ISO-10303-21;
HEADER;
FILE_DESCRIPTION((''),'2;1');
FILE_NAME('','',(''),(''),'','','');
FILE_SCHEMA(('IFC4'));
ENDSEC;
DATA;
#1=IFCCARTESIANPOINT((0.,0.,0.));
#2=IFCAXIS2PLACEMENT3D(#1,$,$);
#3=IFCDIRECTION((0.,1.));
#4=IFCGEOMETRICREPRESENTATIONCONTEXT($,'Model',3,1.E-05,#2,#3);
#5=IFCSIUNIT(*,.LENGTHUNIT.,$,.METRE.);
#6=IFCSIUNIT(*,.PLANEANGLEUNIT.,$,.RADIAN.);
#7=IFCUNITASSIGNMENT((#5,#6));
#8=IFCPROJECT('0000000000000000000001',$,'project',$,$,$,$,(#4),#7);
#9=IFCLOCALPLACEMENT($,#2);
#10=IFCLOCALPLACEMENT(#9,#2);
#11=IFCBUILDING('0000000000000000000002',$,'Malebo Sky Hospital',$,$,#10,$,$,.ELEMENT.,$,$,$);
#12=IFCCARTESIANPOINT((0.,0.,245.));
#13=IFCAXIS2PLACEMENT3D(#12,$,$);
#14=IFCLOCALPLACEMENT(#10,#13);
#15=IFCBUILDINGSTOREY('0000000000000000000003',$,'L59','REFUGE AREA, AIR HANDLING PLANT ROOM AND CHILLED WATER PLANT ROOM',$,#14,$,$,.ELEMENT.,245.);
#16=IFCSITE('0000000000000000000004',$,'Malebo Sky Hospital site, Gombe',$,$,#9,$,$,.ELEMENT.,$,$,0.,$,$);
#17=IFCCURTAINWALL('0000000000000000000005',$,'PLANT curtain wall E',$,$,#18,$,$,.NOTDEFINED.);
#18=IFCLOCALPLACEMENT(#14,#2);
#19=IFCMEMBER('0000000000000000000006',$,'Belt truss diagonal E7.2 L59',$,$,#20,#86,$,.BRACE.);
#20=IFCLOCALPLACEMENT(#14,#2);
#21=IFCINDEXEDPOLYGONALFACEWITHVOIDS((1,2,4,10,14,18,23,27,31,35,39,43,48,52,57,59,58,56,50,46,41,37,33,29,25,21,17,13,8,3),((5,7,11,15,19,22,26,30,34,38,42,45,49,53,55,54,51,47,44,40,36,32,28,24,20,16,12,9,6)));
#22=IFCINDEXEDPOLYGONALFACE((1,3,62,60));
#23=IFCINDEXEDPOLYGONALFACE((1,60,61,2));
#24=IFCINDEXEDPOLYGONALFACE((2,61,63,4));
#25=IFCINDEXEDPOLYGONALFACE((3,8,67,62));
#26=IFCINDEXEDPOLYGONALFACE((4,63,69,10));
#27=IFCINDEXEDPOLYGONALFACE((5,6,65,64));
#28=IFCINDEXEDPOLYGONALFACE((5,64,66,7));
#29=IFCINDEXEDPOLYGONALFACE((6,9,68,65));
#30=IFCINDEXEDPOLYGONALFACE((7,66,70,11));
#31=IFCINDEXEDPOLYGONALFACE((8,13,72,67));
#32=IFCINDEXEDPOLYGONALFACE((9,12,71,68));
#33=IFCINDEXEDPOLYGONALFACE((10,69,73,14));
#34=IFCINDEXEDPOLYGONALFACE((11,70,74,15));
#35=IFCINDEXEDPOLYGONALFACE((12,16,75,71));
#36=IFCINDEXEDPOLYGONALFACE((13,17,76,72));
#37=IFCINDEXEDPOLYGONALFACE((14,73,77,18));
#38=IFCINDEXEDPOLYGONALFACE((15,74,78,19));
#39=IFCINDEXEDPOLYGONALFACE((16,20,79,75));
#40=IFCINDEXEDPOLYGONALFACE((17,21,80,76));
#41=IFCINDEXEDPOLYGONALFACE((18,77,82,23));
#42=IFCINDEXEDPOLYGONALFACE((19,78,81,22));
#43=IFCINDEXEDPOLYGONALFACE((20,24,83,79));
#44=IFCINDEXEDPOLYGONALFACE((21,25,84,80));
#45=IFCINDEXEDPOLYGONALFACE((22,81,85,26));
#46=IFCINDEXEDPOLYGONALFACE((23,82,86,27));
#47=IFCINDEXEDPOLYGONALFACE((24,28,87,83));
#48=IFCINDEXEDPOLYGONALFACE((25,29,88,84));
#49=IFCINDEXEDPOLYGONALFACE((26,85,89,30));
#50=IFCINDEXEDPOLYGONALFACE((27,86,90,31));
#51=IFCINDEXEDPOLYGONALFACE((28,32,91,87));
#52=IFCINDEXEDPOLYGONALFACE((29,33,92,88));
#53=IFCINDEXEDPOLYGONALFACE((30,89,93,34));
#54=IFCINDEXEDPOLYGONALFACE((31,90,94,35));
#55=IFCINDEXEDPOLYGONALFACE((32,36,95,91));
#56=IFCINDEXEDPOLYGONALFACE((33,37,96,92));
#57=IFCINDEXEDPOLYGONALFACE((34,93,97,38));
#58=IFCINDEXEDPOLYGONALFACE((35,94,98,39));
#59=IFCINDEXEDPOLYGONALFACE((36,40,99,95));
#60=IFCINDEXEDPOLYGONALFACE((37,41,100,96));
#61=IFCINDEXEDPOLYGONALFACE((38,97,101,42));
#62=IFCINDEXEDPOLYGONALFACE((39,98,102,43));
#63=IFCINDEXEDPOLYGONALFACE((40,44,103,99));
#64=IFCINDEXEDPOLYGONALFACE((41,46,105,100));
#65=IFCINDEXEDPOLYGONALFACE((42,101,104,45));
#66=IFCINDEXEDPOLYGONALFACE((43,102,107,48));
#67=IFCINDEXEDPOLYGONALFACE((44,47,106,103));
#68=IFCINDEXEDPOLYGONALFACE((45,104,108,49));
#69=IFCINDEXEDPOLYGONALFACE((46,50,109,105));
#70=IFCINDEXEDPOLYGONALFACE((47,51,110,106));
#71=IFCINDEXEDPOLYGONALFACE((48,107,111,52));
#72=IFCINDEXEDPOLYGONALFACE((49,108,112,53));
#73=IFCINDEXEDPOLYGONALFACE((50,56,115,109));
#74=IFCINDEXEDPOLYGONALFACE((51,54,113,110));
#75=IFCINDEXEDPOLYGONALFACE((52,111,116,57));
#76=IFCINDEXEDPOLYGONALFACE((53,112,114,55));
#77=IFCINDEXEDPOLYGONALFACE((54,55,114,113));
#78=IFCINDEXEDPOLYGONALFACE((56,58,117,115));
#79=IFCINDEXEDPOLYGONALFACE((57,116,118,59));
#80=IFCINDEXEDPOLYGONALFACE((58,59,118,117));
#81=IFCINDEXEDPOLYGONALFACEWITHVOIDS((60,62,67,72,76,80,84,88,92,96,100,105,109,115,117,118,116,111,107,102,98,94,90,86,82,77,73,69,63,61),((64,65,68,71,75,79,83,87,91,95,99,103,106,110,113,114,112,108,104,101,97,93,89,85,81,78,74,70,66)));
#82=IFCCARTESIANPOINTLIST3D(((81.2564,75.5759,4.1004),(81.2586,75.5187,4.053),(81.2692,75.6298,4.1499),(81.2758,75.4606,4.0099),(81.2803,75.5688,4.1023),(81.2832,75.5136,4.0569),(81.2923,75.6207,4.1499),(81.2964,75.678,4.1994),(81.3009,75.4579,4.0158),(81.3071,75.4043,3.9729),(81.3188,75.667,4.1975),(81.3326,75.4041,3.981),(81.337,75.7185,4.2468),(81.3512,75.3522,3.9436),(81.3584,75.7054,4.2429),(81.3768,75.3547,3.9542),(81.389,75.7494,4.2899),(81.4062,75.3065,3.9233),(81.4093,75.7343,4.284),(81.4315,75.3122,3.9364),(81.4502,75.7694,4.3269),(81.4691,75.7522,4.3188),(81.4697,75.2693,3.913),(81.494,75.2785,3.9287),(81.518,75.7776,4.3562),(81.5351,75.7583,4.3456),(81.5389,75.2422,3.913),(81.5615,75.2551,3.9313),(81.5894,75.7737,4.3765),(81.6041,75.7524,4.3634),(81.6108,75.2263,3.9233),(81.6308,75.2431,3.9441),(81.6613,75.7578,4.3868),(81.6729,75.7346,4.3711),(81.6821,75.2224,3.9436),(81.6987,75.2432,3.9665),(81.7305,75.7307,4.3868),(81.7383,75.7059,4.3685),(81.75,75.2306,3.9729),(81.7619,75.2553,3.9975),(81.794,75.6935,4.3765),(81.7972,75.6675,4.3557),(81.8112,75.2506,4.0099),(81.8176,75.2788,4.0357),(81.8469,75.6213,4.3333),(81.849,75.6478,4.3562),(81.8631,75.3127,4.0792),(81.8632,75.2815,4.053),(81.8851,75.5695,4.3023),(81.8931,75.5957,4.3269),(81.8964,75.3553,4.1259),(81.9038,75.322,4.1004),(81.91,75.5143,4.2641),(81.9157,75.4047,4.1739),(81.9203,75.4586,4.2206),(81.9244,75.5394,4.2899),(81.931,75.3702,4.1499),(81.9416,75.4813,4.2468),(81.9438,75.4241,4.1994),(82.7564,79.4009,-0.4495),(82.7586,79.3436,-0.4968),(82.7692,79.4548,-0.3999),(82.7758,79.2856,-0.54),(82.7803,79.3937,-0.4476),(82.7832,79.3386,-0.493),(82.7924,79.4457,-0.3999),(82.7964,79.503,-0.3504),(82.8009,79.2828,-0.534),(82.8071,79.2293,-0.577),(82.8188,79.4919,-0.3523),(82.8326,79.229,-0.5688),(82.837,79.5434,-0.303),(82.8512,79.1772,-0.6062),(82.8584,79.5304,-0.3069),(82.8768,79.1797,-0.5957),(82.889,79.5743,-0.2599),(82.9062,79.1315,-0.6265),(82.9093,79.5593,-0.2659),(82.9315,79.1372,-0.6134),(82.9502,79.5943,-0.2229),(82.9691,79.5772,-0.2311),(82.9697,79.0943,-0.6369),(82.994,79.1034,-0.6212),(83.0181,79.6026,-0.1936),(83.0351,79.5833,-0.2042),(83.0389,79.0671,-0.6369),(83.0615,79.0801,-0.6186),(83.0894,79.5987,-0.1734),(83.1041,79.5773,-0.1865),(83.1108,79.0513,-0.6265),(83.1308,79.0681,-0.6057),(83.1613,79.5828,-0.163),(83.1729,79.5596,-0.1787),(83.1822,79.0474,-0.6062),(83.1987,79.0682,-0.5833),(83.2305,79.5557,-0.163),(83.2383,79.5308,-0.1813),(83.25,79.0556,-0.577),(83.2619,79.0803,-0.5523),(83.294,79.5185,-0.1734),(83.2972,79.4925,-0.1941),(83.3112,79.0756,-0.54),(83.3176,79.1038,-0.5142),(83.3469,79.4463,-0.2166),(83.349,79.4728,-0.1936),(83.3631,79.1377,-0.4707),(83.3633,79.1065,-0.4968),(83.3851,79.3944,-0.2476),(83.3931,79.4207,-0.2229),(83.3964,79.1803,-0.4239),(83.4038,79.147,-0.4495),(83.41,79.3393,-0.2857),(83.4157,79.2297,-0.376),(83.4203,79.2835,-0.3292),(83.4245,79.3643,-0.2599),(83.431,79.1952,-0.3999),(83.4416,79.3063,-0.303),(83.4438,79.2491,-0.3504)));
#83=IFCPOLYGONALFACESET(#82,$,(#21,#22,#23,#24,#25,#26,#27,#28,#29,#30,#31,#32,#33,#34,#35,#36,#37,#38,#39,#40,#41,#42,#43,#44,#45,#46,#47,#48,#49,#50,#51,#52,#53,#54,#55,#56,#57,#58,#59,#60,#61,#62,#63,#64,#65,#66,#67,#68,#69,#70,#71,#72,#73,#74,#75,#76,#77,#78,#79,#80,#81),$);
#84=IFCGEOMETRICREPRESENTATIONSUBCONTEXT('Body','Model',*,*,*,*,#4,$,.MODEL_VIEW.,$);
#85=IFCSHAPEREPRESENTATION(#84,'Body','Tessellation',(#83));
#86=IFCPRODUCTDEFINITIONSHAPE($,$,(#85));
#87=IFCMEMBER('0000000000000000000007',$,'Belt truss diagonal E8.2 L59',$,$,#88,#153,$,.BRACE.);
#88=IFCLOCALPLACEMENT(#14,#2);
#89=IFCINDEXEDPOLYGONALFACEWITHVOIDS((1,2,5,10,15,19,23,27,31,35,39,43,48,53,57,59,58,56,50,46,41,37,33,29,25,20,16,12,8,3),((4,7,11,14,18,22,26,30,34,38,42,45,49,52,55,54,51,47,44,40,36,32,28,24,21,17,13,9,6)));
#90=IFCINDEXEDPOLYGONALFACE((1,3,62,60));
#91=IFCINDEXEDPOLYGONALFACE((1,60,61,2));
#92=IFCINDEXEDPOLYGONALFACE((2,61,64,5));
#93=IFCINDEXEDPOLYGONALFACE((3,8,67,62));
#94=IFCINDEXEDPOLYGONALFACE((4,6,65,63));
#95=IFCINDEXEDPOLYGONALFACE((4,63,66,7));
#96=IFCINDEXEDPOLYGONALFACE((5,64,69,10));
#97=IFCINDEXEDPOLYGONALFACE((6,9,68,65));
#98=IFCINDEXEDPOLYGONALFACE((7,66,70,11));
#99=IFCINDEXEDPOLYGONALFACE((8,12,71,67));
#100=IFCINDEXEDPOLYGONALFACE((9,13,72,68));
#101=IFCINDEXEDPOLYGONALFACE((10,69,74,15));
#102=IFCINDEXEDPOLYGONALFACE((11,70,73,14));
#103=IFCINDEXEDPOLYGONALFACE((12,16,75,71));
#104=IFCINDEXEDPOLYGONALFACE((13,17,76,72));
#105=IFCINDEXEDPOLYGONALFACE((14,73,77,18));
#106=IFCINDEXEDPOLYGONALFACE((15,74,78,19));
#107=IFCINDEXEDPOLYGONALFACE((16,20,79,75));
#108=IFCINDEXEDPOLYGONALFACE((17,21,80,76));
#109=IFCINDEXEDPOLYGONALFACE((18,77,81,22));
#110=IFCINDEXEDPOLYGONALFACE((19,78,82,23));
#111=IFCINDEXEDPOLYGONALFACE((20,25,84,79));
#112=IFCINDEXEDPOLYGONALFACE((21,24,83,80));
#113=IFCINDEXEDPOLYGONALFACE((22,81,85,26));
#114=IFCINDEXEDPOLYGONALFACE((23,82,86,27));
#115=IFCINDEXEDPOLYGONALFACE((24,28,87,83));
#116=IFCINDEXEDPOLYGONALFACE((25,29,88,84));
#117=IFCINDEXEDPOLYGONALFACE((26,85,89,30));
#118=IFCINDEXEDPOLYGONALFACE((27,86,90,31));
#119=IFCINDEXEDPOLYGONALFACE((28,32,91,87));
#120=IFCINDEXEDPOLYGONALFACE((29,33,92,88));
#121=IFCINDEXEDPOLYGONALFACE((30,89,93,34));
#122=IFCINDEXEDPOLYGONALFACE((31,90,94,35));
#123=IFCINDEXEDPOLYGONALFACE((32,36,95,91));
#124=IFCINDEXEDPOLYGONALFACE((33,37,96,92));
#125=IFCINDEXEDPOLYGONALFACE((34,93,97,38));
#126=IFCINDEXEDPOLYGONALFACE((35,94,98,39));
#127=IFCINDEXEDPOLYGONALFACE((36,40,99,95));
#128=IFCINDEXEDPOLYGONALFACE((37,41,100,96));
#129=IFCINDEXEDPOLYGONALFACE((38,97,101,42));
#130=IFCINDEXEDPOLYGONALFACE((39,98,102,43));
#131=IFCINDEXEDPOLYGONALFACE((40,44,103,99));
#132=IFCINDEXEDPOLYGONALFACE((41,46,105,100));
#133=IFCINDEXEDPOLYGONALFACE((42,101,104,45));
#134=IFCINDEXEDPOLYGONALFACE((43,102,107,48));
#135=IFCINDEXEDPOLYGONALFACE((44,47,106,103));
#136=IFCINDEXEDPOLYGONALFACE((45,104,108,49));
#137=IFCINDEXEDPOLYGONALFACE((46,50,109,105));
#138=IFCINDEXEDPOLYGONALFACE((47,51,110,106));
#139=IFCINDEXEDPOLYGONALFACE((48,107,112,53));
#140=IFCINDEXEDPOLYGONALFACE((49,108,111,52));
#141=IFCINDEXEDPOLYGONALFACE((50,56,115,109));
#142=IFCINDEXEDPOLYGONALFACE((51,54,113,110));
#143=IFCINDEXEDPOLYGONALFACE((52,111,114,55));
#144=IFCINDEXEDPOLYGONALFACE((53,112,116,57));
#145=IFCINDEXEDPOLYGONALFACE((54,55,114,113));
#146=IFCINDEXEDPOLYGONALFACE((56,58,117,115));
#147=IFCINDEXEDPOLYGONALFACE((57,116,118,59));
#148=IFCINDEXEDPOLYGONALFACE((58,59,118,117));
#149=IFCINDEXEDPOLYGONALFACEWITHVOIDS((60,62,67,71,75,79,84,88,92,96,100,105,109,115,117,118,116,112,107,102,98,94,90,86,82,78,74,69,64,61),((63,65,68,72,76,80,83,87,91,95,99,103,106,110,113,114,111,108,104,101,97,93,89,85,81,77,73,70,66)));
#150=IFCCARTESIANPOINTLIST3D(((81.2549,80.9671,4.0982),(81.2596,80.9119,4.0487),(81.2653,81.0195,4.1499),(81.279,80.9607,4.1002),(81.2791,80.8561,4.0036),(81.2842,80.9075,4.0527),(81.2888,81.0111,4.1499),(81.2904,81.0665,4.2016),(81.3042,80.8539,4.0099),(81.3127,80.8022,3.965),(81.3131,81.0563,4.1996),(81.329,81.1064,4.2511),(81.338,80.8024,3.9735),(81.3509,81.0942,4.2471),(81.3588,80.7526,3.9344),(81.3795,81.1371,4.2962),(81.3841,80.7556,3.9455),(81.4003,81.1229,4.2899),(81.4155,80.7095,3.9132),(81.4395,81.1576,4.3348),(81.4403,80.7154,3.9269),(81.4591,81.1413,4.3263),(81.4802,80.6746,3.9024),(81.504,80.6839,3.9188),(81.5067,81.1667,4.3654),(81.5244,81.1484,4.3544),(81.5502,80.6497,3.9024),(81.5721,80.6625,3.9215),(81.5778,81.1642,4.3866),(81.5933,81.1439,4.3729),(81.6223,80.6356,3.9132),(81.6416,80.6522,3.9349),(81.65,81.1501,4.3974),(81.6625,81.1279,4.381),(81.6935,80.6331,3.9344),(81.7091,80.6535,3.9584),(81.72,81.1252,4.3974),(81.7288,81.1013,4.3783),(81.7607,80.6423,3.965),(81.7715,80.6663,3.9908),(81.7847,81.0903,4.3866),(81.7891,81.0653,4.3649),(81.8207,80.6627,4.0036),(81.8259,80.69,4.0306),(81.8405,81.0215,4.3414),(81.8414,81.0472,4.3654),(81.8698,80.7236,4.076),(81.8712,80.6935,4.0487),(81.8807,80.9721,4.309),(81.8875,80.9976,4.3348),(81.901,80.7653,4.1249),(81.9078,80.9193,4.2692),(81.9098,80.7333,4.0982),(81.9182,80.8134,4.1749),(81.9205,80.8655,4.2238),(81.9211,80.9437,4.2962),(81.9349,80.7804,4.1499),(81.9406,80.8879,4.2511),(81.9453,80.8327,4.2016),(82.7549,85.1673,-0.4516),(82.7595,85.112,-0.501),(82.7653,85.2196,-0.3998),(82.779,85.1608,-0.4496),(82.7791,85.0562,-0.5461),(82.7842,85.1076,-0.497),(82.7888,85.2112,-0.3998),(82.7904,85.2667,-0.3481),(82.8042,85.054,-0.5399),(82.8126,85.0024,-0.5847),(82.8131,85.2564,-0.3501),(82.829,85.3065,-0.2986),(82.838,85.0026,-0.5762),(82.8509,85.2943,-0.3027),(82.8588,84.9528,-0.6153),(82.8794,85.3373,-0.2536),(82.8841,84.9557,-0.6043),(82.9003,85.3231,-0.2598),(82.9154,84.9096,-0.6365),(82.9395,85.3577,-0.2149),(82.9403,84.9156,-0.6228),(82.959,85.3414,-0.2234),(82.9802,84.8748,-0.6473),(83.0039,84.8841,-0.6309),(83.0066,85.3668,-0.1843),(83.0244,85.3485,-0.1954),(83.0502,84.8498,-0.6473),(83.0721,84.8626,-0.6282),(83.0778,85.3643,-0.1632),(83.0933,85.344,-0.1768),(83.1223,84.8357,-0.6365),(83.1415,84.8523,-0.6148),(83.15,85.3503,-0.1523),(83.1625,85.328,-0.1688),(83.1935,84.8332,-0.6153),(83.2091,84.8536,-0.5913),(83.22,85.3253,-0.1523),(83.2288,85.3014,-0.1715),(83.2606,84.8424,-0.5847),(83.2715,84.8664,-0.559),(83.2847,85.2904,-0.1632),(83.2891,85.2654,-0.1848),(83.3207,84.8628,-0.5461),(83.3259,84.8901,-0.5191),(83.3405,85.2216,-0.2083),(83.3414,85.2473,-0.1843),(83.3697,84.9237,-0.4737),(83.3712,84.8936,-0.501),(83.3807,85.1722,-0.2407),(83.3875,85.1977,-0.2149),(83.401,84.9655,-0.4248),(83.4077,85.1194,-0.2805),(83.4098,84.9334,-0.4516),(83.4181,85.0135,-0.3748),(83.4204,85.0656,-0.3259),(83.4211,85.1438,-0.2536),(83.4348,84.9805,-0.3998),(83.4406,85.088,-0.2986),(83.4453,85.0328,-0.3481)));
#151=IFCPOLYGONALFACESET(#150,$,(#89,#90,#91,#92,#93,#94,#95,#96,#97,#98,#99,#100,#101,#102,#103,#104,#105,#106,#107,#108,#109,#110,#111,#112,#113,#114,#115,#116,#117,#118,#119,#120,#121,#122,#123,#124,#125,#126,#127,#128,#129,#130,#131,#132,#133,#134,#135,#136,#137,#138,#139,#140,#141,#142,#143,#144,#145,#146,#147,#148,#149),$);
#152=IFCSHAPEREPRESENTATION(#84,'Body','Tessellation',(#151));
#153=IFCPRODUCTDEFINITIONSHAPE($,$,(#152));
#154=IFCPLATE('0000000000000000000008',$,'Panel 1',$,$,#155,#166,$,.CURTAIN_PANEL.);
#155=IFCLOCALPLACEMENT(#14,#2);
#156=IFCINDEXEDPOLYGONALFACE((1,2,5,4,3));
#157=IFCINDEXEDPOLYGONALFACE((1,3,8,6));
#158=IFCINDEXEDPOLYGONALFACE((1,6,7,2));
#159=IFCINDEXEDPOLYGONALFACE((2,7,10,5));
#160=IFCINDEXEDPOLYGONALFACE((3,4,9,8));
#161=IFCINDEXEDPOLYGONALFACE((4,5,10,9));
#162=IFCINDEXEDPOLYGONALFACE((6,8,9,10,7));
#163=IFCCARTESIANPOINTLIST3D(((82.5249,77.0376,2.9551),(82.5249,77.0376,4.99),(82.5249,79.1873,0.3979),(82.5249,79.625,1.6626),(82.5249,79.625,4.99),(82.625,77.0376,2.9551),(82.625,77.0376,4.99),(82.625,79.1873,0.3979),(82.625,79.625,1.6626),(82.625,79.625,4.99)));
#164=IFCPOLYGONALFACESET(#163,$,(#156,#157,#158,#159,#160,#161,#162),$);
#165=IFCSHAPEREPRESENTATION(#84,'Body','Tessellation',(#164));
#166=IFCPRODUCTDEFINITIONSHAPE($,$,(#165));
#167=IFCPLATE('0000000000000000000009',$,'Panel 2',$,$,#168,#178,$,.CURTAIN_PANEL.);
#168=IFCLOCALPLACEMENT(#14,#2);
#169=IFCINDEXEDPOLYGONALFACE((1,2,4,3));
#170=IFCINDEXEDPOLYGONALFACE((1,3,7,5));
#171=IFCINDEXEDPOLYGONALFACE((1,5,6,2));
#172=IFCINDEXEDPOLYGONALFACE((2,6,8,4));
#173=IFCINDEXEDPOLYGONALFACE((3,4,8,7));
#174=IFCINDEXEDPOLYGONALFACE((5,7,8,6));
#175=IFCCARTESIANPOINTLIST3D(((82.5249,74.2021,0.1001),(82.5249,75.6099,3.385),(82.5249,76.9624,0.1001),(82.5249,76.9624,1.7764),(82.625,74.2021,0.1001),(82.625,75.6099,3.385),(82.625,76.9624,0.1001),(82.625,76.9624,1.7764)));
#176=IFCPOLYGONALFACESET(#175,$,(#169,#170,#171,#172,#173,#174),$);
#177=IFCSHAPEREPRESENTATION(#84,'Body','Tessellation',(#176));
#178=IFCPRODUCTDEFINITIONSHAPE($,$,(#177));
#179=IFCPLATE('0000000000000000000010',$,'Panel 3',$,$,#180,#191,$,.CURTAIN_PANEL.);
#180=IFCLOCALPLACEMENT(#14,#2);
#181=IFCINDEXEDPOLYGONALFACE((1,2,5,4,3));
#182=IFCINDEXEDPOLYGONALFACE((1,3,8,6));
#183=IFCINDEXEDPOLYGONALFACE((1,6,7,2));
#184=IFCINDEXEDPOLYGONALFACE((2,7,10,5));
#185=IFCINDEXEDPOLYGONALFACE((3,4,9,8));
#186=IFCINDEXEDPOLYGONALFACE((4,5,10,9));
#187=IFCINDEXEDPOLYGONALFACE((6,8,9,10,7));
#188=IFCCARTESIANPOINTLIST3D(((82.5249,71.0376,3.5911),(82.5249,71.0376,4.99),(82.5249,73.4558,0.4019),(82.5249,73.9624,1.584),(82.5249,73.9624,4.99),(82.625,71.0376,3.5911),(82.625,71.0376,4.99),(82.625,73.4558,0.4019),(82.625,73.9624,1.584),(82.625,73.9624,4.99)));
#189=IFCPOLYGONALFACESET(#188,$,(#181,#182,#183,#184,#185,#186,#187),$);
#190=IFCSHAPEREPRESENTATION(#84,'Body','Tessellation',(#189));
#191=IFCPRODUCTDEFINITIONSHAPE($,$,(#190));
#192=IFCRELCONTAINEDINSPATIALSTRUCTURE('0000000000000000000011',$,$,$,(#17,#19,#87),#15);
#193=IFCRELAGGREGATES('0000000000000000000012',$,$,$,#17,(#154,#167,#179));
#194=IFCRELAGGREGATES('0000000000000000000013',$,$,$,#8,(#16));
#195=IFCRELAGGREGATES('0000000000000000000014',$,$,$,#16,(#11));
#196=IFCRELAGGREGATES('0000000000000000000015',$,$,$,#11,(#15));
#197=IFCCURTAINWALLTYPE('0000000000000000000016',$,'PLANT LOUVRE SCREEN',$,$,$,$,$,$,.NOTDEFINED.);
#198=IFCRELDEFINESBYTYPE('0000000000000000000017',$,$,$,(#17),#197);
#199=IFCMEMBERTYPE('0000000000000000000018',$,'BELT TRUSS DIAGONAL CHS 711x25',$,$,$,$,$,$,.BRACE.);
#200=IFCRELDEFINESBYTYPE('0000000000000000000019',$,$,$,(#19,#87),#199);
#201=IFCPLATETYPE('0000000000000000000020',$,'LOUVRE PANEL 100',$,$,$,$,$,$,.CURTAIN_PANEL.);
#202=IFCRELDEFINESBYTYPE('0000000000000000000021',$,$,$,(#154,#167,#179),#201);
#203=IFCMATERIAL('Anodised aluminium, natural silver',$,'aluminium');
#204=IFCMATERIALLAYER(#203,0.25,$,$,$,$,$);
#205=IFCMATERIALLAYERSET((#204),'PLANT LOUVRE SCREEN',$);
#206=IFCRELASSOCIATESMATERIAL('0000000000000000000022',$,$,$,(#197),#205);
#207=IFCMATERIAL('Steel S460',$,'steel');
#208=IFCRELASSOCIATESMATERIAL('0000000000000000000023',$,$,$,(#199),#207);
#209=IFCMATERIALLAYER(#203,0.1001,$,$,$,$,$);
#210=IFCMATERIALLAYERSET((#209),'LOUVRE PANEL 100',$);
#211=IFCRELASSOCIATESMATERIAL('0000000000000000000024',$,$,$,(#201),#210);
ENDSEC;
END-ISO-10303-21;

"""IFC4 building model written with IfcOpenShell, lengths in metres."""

from ifc_helpers import new_model, si_unit, direction, frame, origin, origin_2d, place, context, subcontext, project, spatial, polyline, hollow_circle, outline, extrude, material, layer, layer_set, material_profile, profile_set, type_object, element, aggregate, save


model = new_model("IFC4")

# Units and contexts
model_context = context("Model", 3, precision=1e-05, world=origin(), true_north=direction((0.0, 1.0)))
body_context = subcontext(model_context, "Body", "Model", "MODEL_VIEW")
ifc_project = project(units=[si_unit("LENGTHUNIT", "METRE"), si_unit("PLANEANGLEUNIT", "RADIAN")], contexts=[model_context])

# Site, building, storey
site_placement = place(None, origin())
site = spatial("IfcSite", under=ifc_project, at=site_placement, Name="Malebo Sky Hospital site, Gombe", CompositionType="ELEMENT", RefElevation=0.0)
building_placement = place(site_placement, origin())
building = spatial("IfcBuilding", under=site, at=building_placement, Name="Malebo Sky Hospital", CompositionType="ELEMENT")
storey_placement = place(building_placement, frame((0.0, 0.0, 245.0)))
storey = spatial("IfcBuildingStorey", under=building, at=storey_placement, Name="L59", Description="REFUGE AREA, AIR HANDLING PLANT ROOM AND CHILLED WATER PLANT ROOM", CompositionType="ELEMENT", Elevation=245.0)

# Curtain wall
ifc_material_1 = material(Name="Anodised aluminium, natural silver", Category="aluminium")
ifc_layer_1 = layer(ifc_material_1, 0.25)
ifc_layer_set_1 = layer_set([ifc_layer_1], Name="PLANT LOUVRE SCREEN")
curtain_wall_type = type_object("IfcCurtainWallType", Name="PLANT LOUVRE SCREEN", PredefinedType="NOTDEFINED", material=ifc_layer_set_1)
curtain_wall_placement = place(storey_placement, origin())
curtain_wall = element("IfcCurtainWall", 1, at=curtain_wall_placement, inside=storey, type_object=curtain_wall_type, Name="PLANT curtain wall E", PredefinedType="NOTDEFINED")

# Members
ifc_material_2 = material(Name="Steel S460", Category="steel")
ifc_material_profile_1 = material_profile(ifc_material_2, hollow_circle(Radius=0.3555, WallThickness=0.0249, at=origin_2d()), Name="CHS 711x25")
ifc_profile_set_1 = profile_set([ifc_material_profile_1], Name="Steel S460")
member_type_1 = type_object("IfcMemberType", Name="BELT TRUSS DIAGONAL CHS 711x25", PredefinedType="BRACE", material=ifc_profile_set_1)
member_1_placement = place(storey_placement, frame((81.6001, 75.5, 4.1499), z_axis=(0.244685, 0.623939, -0.742179), x_axis=(-0.930972, 0.365092, 0.0)))
element("IfcMember", 2, at=member_1_placement, inside=storey, type_object=member_type_1, Name="Belt truss diagonal E7.2 L59", PredefinedType="BRACE", context=body_context, shape_type="SweptSolid", body=[
    extrude(hollow_circle(Radius=0.3555, WallThickness=0.0249, at=origin_2d()), origin(), (0.0, 0.0, 1.0), 6.1304),
])
member_2_placement = place(storey_placement, frame((81.6001, 80.8999, 4.1499), z_axis=(0.235434, 0.659246, -0.714119), x_axis=(-0.941747, 0.336323, 0.0)))
element("IfcMember", 3, at=member_2_placement, inside=storey, type_object=member_type_1, Name="Belt truss diagonal E8.2 L59", PredefinedType="BRACE", context=body_context, shape_type="SweptSolid", body=[
    extrude(hollow_circle(Radius=0.3555, WallThickness=0.0249, at=origin_2d()), origin(), (0.0, 0.0, 1.0), 6.3711),
])

# Plates
ifc_layer_2 = layer(ifc_material_1, 0.1001)
ifc_layer_set_2 = layer_set([ifc_layer_2], Name="LOUVRE PANEL 100")
plate_type = type_object("IfcPlateType", Name="LOUVRE PANEL 100", PredefinedType="CURTAIN_PANEL", material=ifc_layer_set_2)
plate_1_placement = place(storey_placement, frame((82.575, 78.3313, 0.3979), z_axis=(0.0, 0.0, 1.0), x_axis=(0.0, -1.0, 0.0)))
plate_1 = element("IfcPlate", 4, at=plate_1_placement, type_object=plate_type, Name="Panel 1", PredefinedType="CURTAIN_PANEL", context=body_context, shape_type="SweptSolid", body=[
    extrude(outline(polyline([(-0.856, 0.0), (1.2937, 2.5571), (1.2937, 4.592), (-1.2937, 4.592), (-1.2937, 1.2646), (-0.856, 0.0)])), frame((0.0, 0.05, 0.0), z_axis=(0.0, -1.0, 0.0), x_axis=(1.0, 0.0, 0.0)), (0.0, 0.0, 1.0), 0.1001),
])
plate_2_placement = place(storey_placement, frame((82.575, 75.5823, 0.1001), z_axis=(0.0, 0.0, 1.0), x_axis=(0.0, -1.0, 0.0)))
plate_2 = element("IfcPlate", 5, at=plate_2_placement, type_object=plate_type, Name="Panel 2", PredefinedType="CURTAIN_PANEL", context=body_context, shape_type="SweptSolid", body=[
    extrude(outline(polyline([(-1.3801, 0.0), (1.3801, 0.0), (-0.0276, 3.2849), (-1.3801, 1.6763), (-1.3801, 0.0)])), frame((0.0, 0.05, 0.0), z_axis=(0.0, -1.0, 0.0), x_axis=(1.0, 0.0, 0.0)), (0.0, 0.0, 1.0), 0.1001),
])
plate_3_placement = place(storey_placement, frame((82.575, 72.5, 0.4019), z_axis=(0.0, 0.0, 1.0), x_axis=(0.0, -1.0, 0.0)))
plate_3 = element("IfcPlate", 6, at=plate_3_placement, type_object=plate_type, Name="Panel 3", PredefinedType="CURTAIN_PANEL", context=body_context, shape_type="SweptSolid", body=[
    extrude(outline(polyline([(-0.9558, 0.0), (1.4624, 3.1892), (1.4624, 4.5881), (-1.4624, 4.5881), (-1.4624, 1.1821), (-0.9558, 0.0)])), frame((0.0, 0.05, 0.0), z_axis=(0.0, -1.0, 0.0), x_axis=(1.0, 0.0, 0.0)), (0.0, 0.0, 1.0), 0.1001),
])
aggregate(curtain_wall, [plate_1, plate_2, plate_3])

save(model, "model.ifc")
